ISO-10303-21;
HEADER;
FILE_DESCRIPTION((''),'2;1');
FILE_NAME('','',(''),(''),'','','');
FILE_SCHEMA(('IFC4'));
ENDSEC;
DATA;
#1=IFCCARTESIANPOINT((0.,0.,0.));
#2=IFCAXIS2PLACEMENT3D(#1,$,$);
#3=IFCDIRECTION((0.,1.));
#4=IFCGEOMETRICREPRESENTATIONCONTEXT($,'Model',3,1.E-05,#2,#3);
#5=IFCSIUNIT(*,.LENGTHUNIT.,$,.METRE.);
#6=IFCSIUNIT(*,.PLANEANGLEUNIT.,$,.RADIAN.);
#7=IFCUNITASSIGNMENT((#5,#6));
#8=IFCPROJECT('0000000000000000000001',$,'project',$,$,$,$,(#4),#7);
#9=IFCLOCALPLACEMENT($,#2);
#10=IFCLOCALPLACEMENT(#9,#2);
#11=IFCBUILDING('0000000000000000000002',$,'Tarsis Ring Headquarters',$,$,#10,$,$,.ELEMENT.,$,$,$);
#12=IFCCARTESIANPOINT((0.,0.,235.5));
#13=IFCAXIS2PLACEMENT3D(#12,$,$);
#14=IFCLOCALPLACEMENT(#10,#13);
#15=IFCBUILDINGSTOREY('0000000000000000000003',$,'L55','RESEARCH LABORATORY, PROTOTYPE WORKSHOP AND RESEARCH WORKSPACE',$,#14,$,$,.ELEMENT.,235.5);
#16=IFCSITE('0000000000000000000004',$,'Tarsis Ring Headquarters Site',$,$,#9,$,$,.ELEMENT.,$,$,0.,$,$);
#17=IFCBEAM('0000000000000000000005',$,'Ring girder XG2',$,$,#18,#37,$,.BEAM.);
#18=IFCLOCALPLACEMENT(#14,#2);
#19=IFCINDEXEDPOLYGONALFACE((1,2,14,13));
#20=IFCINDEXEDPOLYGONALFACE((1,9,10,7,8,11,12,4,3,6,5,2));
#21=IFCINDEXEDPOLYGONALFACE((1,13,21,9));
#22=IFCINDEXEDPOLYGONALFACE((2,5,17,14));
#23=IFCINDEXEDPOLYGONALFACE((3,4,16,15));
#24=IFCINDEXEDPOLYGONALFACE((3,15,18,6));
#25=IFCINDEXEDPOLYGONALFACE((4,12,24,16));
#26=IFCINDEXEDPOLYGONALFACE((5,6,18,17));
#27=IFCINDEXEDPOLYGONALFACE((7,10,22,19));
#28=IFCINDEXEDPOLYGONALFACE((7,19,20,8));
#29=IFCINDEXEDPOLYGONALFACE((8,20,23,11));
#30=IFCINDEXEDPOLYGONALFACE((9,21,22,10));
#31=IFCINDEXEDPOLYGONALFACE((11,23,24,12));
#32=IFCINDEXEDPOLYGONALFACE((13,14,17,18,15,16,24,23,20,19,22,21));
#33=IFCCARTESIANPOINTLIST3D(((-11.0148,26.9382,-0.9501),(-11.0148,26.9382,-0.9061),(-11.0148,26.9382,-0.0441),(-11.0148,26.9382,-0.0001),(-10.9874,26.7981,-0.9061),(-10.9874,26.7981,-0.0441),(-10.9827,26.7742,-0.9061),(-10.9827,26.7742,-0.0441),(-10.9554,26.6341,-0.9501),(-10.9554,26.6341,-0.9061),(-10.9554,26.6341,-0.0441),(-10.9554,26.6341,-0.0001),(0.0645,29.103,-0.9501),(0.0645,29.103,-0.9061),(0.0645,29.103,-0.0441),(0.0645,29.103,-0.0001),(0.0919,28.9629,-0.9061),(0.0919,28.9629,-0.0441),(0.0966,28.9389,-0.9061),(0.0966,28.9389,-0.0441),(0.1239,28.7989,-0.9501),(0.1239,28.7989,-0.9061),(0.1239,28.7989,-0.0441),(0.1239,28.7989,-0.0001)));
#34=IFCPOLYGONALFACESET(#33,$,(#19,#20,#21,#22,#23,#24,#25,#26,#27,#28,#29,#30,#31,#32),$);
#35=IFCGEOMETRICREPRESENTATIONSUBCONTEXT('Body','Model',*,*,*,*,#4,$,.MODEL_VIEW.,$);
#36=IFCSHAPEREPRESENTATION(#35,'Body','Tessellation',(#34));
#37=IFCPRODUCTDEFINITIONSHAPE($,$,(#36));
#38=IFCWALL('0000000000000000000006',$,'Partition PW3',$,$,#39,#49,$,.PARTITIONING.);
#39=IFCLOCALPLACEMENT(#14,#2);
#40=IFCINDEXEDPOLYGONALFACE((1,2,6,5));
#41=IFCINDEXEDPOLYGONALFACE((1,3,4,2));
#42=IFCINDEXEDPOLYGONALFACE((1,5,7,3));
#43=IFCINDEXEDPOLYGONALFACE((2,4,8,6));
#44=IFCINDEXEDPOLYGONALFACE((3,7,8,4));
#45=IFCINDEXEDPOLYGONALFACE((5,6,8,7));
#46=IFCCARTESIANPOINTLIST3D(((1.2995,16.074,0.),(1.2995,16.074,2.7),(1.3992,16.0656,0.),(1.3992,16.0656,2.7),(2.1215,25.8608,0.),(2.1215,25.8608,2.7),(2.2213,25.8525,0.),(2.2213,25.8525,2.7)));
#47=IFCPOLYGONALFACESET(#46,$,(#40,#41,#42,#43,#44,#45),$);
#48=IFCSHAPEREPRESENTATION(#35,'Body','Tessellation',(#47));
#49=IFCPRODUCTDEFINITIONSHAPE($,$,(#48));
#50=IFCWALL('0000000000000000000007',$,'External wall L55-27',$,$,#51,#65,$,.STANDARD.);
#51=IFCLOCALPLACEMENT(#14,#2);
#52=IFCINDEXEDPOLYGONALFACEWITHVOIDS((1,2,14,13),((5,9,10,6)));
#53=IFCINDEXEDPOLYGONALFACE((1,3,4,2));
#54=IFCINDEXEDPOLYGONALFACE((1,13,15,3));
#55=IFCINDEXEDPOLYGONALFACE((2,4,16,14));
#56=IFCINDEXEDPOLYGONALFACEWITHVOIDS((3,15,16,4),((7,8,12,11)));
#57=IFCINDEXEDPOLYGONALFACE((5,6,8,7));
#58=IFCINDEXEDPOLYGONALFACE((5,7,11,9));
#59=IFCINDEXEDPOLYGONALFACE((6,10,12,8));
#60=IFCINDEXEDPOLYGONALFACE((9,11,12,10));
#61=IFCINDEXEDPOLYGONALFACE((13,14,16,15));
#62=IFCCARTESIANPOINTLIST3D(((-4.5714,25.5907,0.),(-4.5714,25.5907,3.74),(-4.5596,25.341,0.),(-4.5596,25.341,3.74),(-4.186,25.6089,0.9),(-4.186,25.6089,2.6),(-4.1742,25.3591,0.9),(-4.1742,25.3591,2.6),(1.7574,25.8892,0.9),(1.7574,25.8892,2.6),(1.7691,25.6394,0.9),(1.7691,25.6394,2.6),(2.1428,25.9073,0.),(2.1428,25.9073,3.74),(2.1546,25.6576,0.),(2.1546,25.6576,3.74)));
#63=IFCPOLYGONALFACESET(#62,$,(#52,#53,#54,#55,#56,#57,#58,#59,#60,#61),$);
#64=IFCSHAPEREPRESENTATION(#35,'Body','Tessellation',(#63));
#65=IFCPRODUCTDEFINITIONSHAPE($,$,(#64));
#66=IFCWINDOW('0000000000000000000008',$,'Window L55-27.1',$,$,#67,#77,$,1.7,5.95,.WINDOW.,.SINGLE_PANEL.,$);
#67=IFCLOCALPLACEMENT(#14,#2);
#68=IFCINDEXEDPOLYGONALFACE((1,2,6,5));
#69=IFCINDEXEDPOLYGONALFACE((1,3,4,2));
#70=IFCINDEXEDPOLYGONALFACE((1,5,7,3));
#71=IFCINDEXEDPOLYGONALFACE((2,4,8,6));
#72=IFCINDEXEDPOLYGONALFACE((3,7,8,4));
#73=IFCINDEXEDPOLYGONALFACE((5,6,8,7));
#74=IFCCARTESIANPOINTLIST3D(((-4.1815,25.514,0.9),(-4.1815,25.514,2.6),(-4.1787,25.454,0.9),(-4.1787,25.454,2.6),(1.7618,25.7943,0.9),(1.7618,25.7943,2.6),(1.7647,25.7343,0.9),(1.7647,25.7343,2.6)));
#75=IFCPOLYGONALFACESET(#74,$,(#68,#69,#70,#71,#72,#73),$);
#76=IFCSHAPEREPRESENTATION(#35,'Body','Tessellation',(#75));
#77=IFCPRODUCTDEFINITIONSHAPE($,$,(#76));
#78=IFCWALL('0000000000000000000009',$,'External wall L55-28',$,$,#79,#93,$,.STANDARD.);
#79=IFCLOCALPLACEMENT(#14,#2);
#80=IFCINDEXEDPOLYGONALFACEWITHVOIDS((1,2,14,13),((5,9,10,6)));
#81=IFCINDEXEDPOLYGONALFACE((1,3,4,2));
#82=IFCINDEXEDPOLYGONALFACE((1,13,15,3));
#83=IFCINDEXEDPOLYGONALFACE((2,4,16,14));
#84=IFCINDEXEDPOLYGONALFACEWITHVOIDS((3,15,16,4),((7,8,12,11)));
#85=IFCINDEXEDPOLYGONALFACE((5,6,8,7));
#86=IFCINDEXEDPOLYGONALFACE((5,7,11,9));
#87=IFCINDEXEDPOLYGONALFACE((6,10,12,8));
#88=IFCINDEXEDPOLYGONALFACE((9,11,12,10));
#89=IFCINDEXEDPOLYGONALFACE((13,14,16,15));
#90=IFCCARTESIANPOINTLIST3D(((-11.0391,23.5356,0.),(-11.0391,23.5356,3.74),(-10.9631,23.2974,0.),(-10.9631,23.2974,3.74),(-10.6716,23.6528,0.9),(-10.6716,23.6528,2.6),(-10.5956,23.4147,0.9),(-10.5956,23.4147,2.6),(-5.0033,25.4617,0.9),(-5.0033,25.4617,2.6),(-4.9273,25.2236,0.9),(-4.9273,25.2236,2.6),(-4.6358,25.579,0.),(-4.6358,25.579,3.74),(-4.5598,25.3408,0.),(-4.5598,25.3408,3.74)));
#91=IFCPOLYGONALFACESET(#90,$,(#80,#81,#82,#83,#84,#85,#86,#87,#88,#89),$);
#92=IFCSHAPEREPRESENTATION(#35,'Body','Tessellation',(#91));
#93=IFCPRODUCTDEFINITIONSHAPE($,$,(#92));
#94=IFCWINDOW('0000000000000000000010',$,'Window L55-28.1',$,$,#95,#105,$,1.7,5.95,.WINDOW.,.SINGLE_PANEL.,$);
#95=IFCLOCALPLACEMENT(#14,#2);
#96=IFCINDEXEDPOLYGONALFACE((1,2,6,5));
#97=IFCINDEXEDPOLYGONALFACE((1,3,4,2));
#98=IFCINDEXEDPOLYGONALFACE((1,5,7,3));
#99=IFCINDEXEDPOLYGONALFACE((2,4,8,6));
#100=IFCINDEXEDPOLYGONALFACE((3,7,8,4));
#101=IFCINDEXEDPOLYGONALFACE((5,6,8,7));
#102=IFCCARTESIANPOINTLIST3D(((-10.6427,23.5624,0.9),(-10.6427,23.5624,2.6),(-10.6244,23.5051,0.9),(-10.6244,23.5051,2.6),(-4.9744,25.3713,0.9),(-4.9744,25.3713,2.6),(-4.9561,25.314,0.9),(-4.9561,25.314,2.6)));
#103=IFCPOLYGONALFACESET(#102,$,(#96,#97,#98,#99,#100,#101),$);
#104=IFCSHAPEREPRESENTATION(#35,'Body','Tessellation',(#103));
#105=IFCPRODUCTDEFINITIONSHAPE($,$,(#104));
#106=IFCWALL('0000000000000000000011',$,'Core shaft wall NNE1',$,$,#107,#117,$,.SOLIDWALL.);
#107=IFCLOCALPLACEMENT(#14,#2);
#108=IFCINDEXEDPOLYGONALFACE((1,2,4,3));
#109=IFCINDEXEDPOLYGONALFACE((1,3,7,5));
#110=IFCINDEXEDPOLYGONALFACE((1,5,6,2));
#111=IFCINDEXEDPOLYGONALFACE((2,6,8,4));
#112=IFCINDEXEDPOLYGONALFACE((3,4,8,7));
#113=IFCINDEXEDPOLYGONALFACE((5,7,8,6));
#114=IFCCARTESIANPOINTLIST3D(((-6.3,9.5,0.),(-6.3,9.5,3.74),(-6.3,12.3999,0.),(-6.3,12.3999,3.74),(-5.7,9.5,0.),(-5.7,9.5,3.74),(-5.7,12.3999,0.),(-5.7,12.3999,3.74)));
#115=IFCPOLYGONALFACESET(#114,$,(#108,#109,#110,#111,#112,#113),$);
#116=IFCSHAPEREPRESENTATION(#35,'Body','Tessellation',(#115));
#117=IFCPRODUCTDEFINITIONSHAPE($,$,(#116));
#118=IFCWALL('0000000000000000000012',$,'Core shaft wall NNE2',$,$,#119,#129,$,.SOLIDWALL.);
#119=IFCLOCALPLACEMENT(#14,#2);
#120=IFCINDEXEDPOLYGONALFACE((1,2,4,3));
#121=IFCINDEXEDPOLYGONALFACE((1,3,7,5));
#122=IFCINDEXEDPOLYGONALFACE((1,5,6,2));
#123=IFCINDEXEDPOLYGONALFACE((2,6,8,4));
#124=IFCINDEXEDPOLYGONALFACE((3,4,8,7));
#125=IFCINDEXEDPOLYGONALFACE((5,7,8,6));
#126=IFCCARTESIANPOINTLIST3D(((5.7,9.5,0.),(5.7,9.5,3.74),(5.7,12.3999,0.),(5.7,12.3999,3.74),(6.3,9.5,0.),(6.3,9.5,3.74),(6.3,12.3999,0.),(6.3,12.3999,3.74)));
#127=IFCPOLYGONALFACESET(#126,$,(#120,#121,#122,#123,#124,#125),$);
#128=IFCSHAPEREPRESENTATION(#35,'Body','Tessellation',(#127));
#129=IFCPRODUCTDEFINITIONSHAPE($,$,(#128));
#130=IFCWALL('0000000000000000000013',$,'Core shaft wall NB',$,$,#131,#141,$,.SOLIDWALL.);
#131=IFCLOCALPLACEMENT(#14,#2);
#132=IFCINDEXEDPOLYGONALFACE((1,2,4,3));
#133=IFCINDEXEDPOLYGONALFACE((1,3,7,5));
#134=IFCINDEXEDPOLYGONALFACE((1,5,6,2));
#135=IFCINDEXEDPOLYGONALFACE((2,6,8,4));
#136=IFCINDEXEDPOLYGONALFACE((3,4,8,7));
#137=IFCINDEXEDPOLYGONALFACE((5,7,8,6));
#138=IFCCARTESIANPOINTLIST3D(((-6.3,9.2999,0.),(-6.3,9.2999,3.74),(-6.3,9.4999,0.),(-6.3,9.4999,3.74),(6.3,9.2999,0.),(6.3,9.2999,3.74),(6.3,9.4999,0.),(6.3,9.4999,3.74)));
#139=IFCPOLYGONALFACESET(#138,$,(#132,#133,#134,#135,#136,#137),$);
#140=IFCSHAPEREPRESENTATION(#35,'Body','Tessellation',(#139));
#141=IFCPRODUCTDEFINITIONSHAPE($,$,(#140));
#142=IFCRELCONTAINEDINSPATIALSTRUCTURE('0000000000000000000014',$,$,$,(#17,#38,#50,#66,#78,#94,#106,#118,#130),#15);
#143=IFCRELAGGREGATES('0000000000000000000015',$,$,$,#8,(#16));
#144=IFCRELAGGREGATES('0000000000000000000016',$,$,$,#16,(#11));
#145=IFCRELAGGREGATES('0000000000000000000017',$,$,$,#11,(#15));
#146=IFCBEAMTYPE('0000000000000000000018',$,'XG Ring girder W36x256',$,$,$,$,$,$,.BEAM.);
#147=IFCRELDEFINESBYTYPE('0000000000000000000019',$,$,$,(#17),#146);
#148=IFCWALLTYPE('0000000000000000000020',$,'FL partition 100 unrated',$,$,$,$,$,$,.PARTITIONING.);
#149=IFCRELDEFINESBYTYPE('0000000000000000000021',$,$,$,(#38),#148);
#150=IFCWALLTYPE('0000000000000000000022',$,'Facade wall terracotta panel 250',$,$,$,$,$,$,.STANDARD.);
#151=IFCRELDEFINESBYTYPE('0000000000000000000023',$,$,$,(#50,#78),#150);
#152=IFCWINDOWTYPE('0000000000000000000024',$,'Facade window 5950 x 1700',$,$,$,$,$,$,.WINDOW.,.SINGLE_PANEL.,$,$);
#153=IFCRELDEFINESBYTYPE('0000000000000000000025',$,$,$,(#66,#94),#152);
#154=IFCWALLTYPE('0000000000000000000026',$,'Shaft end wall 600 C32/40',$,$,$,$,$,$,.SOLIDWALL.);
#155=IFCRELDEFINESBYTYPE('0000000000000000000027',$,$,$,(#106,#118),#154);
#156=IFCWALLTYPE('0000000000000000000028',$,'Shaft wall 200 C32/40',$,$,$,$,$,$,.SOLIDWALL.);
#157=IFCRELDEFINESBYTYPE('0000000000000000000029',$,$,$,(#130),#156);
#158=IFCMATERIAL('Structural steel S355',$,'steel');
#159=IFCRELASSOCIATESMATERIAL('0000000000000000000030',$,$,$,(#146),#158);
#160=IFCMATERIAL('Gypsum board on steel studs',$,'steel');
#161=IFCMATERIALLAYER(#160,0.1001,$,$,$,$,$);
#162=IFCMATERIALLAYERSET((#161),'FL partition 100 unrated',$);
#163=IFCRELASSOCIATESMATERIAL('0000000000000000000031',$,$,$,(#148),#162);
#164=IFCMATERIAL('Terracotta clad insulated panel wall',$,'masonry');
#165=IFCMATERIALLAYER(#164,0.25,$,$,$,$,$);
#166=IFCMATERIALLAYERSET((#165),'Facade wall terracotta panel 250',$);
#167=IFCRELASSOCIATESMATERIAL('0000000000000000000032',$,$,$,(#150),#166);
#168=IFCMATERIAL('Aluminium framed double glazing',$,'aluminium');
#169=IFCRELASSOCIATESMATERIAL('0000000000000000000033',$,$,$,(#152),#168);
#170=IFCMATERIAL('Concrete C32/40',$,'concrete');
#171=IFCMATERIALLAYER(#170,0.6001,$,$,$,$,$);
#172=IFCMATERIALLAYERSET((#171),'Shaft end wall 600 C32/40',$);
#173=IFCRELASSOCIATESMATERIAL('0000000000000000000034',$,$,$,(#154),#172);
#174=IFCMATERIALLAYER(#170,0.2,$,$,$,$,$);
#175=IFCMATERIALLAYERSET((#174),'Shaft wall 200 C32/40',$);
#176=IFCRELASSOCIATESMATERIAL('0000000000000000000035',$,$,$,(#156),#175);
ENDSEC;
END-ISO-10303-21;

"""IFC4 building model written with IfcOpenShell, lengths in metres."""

from ifc_helpers import new_model, si_unit, direction, frame, frame_2d, origin, origin_2d, place, context, subcontext, project, spatial, rectangle, i_section, extrude, material, layer, layer_set, material_profile, profile_set, type_object, element, fill, save


model = new_model("IFC4")

# Units and contexts
model_context = context("Model", 3, precision=1e-05, world=origin(), true_north=direction((0.0, 1.0)))
body_context = subcontext(model_context, "Body", "Model", "MODEL_VIEW")
ifc_project = project(units=[si_unit("LENGTHUNIT", "METRE"), si_unit("PLANEANGLEUNIT", "RADIAN")], contexts=[model_context])

# Site, building, storey
site_placement = place(None, origin())
site = spatial("IfcSite", under=ifc_project, at=site_placement, Name="Tarsis Ring Headquarters Site", CompositionType="ELEMENT", RefElevation=0.0)
building_placement = place(site_placement, origin())
building = spatial("IfcBuilding", under=site, at=building_placement, Name="Tarsis Ring Headquarters", CompositionType="ELEMENT")
storey_placement = place(building_placement, frame((0.0, 0.0, 235.5)))
storey = spatial("IfcBuildingStorey", under=building, at=storey_placement, Name="L55", Description="RESEARCH LABORATORY, PROTOTYPE WORKSHOP AND RESEARCH WORKSPACE", CompositionType="ELEMENT", Elevation=235.5)

# Shared definitions
ifc_material_1 = material(Name="Structural steel S355", Category="steel")

# Beam
ifc_material_profile_1 = material_profile(ifc_material_1, i_section(OverallWidth=0.3098, OverallDepth=0.95, WebThickness=0.0244, FlangeThickness=0.0439, at=origin_2d()), Name="W36x256")
ifc_profile_set_1 = profile_set([ifc_material_profile_1], Name="Structural steel S355")
beam_type_1 = type_object("IfcBeamType", Name="XG Ring girder W36x256", PredefinedType="BEAM", material=ifc_profile_set_1)
beam_1_placement = place(storey_placement, frame((0.0942, 28.9509, -0.4751), z_axis=(-0.981441, -0.191764, 0.0), x_axis=(0.191764, -0.981441, 0.0)))
element("IfcBeam", 1, at=beam_1_placement, inside=storey, type_object=beam_type_1, Name="Ring girder XG2", PredefinedType="BEAM", context=body_context, shape_type="SweptSolid", body=[
    extrude(i_section(OverallWidth=0.3098, OverallDepth=0.95, WebThickness=0.0244, FlangeThickness=0.0439, at=origin_2d()), origin(), (0.0, 0.0, 1.0), 11.2888),
])

# Wall
ifc_material_2 = material(Name="Gypsum board on steel studs", Category="steel")
ifc_layer_1 = layer(ifc_material_2, 0.1001)
ifc_layer_set_1 = layer_set([ifc_layer_1], Name="FL partition 100 unrated")
wall_type_1 = type_object("IfcWallType", Name="FL partition 100 unrated", PredefinedType="PARTITIONING", material=ifc_layer_set_1)
wall_1_placement = place(storey_placement, frame((1.3494, 16.0698, 0.0), z_axis=(0.0, 0.0, 1.0), x_axis=(0.083698, 0.996491, 0.0)))
element("IfcWall", 2, at=wall_1_placement, inside=storey, type_object=wall_type_1, Name="Partition PW3", PredefinedType="PARTITIONING", context=body_context, shape_type="SweptSolid", body=[
    extrude(rectangle(XDim=9.8213, YDim=0.1001, at=frame_2d((4.9106, 0.0))), origin(), (0.0, 0.0, 1.0), 2.7),
])

# Walls, openings, windows
ifc_material_3 = material(Name="Terracotta clad insulated panel wall", Category="masonry")
ifc_layer_2 = layer(ifc_material_3, 0.25)
ifc_layer_set_2 = layer_set([ifc_layer_2], Name="Facade wall terracotta panel 250")
wall_type_2 = type_object("IfcWallType", Name="Facade wall terracotta panel 250", PredefinedType="STANDARD", material=ifc_layer_set_2)
wall_2_placement = place(storey_placement, frame((2.1487, 25.7825, 0.0), z_axis=(0.0, 0.0, 1.0), x_axis=(-0.99889, -0.04711, 0.0)))
wall_2 = element("IfcWall", 3, at=wall_2_placement, inside=storey, type_object=wall_type_2, Name="External wall L55-27", PredefinedType="STANDARD", context=body_context, shape_type="SweptSolid", body=[
    extrude(rectangle(XDim=6.7217, YDim=0.25, at=frame_2d((3.3608, 0.0))), origin(), (0.0, 0.0, 1.0), 3.74),
])
opening_1_placement = place(wall_2_placement, frame((0.3857, 0.0, 0.8999)))
opening_1 = element("IfcOpeningElement", 4, at=opening_1_placement, cuts=wall_2, PredefinedType="OPENING", context=body_context, shape_type="SweptSolid", body=[
    extrude(rectangle(XDim=5.95, YDim=1.7, at=frame_2d((2.9751, 0.8501))), frame((0.0, 0.135, 0.0), z_axis=(0.0, -1.0, 0.0), x_axis=(1.0, 0.0, 0.0)), (0.0, 0.0, 1.0), 0.27),
])
ifc_material_4 = material(Name="Aluminium framed double glazing", Category="aluminium")
window_type = type_object("IfcWindowType", Name="Facade window 5950 x 1700", PartitioningType="SINGLE_PANEL", PredefinedType="WINDOW", material=ifc_material_4)
window_1_placement = place(opening_1_placement, origin())
window_1 = element("IfcWindow", 5, at=window_1_placement, inside=storey, type_object=window_type, Name="Window L55-27.1", OverallHeight=1.7, OverallWidth=5.95, PartitioningType="SINGLE_PANEL", PredefinedType="WINDOW", context=body_context, shape_type="SweptSolid", body=[
    extrude(rectangle(XDim=5.95, YDim=1.7, at=frame_2d((2.9751, 0.8501))), frame((0.0, 0.03, 0.0), z_axis=(0.0, -1.0, 0.0), x_axis=(1.0, 0.0, 0.0)), (0.0, 0.0, 1.0), 0.0601),
])
fill(opening_1, window_1)
wall_3_placement = place(storey_placement, frame((-4.5977, 25.46, 0.0), z_axis=(0.0, 0.0, 1.0), x_axis=(-0.952666, -0.304019, 0.0)))
wall_3 = element("IfcWall", 6, at=wall_3_placement, inside=storey, type_object=wall_type_2, Name="External wall L55-28", PredefinedType="STANDARD", context=body_context, shape_type="SweptSolid", body=[
    extrude(rectangle(XDim=6.7214, YDim=0.25, at=frame_2d((3.3608, 0.0))), origin(), (0.0, 0.0, 1.0), 3.74),
])
opening_2_placement = place(wall_3_placement, frame((0.3857, 0.0, 0.8999)))
opening_2 = element("IfcOpeningElement", 7, at=opening_2_placement, cuts=wall_3, PredefinedType="OPENING", context=body_context, shape_type="SweptSolid", body=[
    extrude(rectangle(XDim=5.95, YDim=1.7, at=frame_2d((2.9751, 0.8501))), frame((0.0, 0.135, 0.0), z_axis=(0.0, -1.0, 0.0), x_axis=(1.0, 0.0, 0.0)), (0.0, 0.0, 1.0), 0.27),
])
window_2_placement = place(opening_2_placement, origin())
window_2 = element("IfcWindow", 8, at=window_2_placement, inside=storey, type_object=window_type, Name="Window L55-28.1", OverallHeight=1.7, OverallWidth=5.95, PartitioningType="SINGLE_PANEL", PredefinedType="WINDOW", context=body_context, shape_type="SweptSolid", body=[
    extrude(rectangle(XDim=5.95, YDim=1.7, at=frame_2d((2.9751, 0.8501))), frame((0.0, 0.03, 0.0), z_axis=(0.0, -1.0, 0.0), x_axis=(1.0, 0.0, 0.0)), (0.0, 0.0, 1.0), 0.0601),
])
fill(opening_2, window_2)

# Walls
ifc_material_5 = material(Name="Concrete C32/40", Category="concrete")
ifc_layer_3 = layer(ifc_material_5, 0.6001)
ifc_layer_set_3 = layer_set([ifc_layer_3], Name="Shaft end wall 600 C32/40")
wall_type_3 = type_object("IfcWallType", Name="Shaft end wall 600 C32/40", PredefinedType="SOLIDWALL", material=ifc_layer_set_3)
for number, where, z_axis, x_axis, name in (
    (9, (-6.0, 9.5, 0.0), (0.0, 0.0, 1.0), (0.0, 1.0, 0.0), "Core shaft wall NNE1"),
    (10, (6.0, 9.5, 0.0), (0.0, 0.0, 1.0), (0.0, 1.0, 0.0), "Core shaft wall NNE2"),
):
    element("IfcWall", number, at=place(storey_placement, frame(where, z_axis=z_axis, x_axis=x_axis)), inside=storey, type_object=wall_type_3, Name=name, PredefinedType="SOLIDWALL", context=body_context, shape_type="SweptSolid", body=[
        extrude(rectangle(XDim=2.8999, YDim=0.6001, at=frame_2d((1.45, 0.0))), origin(), (0.0, 0.0, 1.0), 3.74),
    ])
ifc_layer_4 = layer(ifc_material_5, 0.2)
ifc_layer_set_4 = layer_set([ifc_layer_4], Name="Shaft wall 200 C32/40")
wall_type_4 = type_object("IfcWallType", Name="Shaft wall 200 C32/40", PredefinedType="SOLIDWALL", material=ifc_layer_set_4)
wall_4_placement = place(storey_placement, frame((-6.3, 9.3999, 0.0), z_axis=(0.0, 0.0, 1.0), x_axis=(1.0, 0.0, 0.0)))
element("IfcWall", 11, at=wall_4_placement, inside=storey, type_object=wall_type_4, Name="Core shaft wall NB", PredefinedType="SOLIDWALL", context=body_context, shape_type="SweptSolid", body=[
    extrude(rectangle(XDim=12.6001, YDim=0.2, at=frame_2d((6.3, 0.0))), origin(), (0.0, 0.0, 1.0), 3.74),
])

save(model, "model.ifc")
